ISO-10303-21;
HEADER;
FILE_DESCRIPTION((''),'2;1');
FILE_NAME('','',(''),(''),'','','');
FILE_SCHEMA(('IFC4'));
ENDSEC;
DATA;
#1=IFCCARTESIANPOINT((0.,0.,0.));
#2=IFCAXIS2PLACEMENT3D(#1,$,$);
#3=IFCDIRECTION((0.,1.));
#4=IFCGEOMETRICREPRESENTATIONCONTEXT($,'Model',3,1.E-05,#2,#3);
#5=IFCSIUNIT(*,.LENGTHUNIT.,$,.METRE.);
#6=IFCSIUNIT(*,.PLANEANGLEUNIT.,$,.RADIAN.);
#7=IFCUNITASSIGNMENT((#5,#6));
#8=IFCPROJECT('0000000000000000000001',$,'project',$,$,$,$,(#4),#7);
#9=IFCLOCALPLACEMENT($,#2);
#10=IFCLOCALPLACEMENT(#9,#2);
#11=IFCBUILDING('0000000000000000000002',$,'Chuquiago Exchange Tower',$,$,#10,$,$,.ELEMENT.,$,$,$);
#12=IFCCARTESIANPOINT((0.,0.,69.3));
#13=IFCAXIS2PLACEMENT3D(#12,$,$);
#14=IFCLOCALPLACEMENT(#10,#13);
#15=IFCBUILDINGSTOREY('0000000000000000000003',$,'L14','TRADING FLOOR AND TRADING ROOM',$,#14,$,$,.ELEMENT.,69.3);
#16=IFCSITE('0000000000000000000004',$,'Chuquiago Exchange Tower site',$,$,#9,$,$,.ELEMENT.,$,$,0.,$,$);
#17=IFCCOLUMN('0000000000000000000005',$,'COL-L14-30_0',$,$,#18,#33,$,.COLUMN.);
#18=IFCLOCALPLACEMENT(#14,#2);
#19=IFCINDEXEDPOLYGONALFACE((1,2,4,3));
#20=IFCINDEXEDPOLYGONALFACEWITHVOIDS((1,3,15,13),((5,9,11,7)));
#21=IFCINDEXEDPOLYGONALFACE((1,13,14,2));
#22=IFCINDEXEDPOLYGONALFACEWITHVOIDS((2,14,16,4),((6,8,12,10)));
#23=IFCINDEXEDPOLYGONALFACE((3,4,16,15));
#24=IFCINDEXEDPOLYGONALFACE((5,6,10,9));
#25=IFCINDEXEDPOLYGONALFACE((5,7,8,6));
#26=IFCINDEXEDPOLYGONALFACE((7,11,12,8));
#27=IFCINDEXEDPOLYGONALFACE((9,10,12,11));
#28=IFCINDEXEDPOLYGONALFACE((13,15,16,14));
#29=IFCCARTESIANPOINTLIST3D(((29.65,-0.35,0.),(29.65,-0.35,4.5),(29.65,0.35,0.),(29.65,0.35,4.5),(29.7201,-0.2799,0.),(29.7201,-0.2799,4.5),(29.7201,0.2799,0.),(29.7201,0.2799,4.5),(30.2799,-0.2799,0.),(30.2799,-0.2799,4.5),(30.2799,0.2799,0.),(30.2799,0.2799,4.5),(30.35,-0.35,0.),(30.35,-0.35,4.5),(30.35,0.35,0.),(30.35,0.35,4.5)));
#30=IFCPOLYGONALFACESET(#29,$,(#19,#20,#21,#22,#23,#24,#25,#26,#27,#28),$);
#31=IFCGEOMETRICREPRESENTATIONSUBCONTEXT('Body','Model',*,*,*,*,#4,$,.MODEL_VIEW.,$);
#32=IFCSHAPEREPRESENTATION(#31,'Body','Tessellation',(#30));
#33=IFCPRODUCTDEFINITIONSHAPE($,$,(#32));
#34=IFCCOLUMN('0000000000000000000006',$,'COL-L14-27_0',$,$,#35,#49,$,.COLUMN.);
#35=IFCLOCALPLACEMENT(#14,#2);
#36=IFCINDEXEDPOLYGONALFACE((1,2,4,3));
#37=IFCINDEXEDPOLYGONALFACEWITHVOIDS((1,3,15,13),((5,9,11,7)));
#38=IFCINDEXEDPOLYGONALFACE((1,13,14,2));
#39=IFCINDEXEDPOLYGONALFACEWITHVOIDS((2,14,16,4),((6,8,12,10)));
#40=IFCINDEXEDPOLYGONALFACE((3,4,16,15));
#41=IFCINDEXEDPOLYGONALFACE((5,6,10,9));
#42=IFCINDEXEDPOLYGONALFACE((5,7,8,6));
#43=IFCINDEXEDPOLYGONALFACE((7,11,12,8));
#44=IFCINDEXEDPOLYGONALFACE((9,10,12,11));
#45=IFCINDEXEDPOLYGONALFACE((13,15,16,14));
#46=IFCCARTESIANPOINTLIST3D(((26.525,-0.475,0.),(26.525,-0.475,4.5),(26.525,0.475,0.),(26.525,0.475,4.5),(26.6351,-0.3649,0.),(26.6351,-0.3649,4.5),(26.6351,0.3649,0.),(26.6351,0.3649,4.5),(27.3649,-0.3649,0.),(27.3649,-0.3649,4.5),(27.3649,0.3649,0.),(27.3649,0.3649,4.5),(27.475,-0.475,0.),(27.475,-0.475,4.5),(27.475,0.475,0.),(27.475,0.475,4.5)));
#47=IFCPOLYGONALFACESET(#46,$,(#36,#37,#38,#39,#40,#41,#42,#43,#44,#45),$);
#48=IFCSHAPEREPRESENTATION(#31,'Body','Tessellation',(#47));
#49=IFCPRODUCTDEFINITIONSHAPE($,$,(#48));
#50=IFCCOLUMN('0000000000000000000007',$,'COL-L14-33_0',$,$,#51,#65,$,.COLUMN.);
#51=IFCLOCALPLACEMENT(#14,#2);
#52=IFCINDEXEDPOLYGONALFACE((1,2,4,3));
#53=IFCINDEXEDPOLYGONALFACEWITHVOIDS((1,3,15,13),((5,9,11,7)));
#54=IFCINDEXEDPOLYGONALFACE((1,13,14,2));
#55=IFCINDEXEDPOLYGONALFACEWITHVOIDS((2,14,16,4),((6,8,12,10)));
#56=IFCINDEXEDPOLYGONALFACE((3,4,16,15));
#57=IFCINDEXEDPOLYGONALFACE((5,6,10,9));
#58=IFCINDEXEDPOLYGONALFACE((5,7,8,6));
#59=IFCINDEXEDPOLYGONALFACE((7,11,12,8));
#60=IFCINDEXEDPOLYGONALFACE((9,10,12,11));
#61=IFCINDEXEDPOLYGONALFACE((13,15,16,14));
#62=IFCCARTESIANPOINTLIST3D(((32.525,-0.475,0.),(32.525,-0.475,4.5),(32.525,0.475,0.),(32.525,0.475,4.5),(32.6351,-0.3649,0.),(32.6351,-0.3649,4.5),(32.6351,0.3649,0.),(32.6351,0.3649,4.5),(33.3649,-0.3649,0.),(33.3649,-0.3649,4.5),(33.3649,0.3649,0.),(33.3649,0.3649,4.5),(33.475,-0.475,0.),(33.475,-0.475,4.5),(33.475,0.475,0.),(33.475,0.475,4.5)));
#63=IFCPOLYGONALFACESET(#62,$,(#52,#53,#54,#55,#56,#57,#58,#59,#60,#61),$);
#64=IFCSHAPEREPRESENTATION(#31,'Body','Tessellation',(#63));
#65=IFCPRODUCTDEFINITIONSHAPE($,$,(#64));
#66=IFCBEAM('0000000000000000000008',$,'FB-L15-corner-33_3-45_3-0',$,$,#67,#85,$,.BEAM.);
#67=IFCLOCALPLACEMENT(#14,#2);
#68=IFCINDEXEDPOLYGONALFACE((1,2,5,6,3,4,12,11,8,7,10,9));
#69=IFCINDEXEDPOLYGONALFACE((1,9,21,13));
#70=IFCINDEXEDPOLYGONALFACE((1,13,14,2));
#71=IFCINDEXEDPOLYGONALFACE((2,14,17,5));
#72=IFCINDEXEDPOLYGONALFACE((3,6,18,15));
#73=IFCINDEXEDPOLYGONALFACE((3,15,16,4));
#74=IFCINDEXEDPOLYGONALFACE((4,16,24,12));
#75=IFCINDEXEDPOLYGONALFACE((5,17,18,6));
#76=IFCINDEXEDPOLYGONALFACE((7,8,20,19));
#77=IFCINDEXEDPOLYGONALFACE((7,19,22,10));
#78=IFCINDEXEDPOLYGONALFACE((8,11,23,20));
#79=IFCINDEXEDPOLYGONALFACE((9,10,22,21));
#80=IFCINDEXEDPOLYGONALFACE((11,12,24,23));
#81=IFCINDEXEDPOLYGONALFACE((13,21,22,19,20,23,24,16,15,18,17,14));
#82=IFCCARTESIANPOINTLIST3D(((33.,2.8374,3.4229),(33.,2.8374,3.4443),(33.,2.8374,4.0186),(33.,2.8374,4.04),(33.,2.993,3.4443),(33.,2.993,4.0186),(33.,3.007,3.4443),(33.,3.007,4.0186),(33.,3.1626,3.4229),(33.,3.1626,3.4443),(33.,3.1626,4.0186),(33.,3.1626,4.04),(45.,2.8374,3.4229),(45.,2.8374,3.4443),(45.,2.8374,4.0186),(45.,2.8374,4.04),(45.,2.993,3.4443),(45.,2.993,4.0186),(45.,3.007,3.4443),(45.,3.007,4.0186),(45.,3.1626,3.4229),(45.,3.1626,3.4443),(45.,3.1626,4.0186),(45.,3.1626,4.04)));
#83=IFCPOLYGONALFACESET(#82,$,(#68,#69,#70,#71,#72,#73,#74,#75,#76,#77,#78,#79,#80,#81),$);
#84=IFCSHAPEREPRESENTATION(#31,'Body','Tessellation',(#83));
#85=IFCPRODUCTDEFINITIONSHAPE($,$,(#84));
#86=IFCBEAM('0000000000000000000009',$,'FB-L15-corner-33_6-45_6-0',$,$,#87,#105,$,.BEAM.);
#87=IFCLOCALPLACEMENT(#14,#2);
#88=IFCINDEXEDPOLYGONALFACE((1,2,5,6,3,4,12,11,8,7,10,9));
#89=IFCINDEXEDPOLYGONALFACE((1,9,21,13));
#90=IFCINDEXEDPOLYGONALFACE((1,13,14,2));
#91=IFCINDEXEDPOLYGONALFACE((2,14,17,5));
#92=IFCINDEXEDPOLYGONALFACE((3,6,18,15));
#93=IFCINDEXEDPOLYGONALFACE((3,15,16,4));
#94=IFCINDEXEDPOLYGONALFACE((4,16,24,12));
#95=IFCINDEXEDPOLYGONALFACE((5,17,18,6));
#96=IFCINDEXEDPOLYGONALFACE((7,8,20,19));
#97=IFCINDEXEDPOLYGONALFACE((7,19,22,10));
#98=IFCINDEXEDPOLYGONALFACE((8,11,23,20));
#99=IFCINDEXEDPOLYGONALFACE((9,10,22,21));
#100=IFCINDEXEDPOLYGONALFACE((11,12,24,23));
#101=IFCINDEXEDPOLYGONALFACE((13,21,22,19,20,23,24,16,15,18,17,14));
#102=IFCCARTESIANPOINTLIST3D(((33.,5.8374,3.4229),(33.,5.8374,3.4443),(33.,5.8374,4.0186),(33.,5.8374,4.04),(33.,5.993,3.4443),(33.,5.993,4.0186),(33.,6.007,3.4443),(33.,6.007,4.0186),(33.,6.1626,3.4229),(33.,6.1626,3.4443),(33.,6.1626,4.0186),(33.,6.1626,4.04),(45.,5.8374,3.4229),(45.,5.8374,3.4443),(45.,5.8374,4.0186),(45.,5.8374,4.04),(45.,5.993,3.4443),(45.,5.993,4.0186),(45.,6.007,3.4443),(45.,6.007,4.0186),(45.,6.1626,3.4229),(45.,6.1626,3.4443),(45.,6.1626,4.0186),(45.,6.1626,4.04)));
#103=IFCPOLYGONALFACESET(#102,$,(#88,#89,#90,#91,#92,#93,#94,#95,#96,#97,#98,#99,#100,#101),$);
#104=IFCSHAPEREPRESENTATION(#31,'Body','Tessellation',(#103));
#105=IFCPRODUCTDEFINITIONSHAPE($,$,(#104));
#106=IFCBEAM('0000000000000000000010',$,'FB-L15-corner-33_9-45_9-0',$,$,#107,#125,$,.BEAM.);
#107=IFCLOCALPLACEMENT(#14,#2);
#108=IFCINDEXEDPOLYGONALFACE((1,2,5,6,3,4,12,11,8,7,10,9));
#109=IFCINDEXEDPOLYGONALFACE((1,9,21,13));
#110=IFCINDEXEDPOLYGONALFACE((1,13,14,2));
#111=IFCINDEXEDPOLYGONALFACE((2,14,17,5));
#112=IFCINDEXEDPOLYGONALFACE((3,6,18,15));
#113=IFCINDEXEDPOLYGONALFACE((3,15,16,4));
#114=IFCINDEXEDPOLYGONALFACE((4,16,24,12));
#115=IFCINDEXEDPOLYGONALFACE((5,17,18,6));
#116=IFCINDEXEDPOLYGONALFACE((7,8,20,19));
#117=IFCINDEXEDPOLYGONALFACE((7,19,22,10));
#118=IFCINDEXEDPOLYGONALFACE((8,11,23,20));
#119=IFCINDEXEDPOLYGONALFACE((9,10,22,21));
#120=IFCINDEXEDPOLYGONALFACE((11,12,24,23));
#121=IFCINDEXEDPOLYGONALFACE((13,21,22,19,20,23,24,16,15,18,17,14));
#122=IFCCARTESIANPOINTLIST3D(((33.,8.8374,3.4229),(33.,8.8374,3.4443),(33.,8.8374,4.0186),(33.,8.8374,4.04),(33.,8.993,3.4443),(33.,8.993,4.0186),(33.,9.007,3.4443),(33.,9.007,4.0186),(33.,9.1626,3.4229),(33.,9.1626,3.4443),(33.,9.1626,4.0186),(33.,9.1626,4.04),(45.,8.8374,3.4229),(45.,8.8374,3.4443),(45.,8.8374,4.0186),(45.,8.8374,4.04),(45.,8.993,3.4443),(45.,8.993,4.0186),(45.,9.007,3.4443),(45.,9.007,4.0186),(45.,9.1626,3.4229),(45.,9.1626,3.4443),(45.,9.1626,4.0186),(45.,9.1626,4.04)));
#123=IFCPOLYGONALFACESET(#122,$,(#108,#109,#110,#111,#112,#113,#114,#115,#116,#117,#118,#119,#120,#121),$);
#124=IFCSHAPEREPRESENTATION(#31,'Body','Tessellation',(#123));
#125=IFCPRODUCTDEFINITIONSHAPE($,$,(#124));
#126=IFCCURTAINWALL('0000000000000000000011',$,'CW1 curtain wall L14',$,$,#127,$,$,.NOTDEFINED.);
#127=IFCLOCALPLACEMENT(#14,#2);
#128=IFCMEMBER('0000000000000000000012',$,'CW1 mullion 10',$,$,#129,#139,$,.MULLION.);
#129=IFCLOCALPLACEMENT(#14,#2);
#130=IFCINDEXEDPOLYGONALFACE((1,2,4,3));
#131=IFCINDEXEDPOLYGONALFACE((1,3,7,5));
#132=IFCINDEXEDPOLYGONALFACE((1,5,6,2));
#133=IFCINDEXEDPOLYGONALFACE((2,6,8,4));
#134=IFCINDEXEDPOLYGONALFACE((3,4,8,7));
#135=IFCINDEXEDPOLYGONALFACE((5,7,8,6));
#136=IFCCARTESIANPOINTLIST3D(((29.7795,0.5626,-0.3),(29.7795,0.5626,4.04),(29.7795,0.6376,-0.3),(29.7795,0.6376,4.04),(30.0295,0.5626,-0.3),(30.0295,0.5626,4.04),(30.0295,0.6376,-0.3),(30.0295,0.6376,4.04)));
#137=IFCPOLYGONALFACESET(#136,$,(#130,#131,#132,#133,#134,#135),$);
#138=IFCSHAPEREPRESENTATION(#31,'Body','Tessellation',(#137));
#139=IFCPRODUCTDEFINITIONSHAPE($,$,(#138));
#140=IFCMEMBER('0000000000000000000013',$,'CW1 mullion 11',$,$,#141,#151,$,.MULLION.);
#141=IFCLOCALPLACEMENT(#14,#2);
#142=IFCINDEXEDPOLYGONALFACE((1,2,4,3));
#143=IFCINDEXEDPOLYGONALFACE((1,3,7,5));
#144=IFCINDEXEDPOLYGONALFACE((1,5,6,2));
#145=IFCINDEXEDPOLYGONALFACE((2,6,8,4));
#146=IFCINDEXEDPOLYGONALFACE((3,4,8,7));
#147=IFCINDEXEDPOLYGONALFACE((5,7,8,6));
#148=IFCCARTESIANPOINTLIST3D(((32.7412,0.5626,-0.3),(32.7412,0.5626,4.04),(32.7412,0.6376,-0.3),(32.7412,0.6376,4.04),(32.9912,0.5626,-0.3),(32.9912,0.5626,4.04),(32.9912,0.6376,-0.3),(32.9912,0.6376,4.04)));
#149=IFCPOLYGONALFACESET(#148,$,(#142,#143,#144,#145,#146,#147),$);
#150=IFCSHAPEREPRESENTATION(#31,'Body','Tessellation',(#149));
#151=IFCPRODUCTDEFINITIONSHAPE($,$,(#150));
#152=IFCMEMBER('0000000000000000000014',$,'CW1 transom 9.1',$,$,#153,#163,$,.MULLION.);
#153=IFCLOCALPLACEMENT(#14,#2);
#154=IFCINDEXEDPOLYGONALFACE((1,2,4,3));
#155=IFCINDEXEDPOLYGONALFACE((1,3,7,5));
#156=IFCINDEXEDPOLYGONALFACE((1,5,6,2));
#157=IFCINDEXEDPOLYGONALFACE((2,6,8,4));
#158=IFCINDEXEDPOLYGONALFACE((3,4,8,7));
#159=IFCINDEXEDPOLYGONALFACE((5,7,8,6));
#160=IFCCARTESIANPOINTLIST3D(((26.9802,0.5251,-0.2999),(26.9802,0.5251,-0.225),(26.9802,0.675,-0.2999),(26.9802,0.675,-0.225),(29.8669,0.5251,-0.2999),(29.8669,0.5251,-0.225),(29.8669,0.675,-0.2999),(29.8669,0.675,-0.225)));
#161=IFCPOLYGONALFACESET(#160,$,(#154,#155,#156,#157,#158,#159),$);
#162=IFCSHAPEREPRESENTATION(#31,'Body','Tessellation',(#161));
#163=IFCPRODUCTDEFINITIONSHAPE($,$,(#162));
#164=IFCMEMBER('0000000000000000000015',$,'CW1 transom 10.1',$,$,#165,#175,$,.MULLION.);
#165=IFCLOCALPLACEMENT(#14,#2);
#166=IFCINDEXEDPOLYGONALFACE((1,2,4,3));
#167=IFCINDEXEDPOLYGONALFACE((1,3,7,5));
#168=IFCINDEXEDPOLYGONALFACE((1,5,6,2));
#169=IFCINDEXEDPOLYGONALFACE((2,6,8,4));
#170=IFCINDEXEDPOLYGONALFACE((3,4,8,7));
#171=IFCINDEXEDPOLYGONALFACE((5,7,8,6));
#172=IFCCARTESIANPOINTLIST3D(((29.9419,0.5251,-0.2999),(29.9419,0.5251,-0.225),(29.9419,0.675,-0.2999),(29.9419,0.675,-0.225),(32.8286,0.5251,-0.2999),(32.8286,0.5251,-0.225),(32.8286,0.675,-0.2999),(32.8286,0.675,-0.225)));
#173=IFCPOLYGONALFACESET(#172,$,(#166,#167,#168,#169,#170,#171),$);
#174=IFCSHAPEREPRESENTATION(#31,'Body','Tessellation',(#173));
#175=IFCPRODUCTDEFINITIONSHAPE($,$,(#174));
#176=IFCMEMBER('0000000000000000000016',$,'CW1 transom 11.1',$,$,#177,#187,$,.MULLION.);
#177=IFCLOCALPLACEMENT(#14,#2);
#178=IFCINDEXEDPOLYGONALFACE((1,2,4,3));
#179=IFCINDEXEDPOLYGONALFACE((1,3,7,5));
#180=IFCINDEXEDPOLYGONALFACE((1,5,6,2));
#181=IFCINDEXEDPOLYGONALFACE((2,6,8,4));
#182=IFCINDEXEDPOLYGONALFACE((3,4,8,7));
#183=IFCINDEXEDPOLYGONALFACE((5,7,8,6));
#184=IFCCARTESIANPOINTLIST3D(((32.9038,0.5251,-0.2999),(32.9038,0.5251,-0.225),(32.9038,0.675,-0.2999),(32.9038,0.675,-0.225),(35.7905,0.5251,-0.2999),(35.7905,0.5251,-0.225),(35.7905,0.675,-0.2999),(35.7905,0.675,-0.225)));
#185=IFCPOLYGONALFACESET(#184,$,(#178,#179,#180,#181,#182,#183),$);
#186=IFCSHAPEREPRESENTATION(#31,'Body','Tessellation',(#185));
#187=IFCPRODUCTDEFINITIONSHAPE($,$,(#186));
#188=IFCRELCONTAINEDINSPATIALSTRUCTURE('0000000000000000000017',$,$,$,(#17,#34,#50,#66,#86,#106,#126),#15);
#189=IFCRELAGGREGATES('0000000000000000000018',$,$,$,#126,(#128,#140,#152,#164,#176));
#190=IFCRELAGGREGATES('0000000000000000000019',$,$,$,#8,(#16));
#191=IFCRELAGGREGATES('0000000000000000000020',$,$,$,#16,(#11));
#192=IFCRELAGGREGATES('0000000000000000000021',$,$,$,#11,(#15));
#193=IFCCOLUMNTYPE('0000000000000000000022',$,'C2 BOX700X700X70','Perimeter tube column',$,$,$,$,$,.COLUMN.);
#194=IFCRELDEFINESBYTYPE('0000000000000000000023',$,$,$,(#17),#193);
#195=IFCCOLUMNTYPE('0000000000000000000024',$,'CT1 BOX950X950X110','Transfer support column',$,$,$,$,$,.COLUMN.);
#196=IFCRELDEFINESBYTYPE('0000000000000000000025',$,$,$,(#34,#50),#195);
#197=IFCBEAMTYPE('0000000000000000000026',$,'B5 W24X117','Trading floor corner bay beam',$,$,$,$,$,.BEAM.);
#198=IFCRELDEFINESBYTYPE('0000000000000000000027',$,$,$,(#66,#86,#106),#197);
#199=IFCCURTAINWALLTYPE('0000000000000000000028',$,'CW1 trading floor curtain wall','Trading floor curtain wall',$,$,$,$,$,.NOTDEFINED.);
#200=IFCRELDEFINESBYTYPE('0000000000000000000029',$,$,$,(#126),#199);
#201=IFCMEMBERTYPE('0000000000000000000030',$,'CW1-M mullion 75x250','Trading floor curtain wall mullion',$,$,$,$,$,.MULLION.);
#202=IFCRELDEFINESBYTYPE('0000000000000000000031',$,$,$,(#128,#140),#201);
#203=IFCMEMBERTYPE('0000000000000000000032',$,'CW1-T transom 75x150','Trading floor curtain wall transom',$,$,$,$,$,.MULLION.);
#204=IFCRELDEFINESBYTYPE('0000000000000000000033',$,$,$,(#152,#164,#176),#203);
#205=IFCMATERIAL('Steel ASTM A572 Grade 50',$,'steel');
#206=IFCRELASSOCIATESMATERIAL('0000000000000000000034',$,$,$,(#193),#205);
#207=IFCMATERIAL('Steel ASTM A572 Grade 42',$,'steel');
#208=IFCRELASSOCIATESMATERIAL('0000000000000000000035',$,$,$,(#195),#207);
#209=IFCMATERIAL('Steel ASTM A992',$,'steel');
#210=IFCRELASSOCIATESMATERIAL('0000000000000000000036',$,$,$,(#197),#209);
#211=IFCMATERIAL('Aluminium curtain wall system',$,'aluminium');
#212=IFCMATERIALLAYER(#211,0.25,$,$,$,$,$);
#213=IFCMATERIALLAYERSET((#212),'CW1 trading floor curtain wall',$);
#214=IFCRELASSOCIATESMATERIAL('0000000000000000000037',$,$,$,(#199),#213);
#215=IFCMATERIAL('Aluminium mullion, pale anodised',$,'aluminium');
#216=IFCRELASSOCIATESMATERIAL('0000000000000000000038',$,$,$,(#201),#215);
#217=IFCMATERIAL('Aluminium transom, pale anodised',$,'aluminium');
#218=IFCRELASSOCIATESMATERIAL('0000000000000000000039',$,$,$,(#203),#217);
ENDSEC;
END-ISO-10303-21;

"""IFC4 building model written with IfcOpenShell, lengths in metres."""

from ifc_helpers import new_model, si_unit, direction, frame, origin, origin_2d, place, context, subcontext, project, spatial, rectangle, hollow_rectangle, i_section, extrude, material, layer, layer_set, material_profile, profile_set, type_object, element, aggregate, save


model = new_model("IFC4")

# Units and contexts
model_context = context("Model", 3, precision=1e-05, world=origin(), true_north=direction((0.0, 1.0)))
body_context = subcontext(model_context, "Body", "Model", "MODEL_VIEW")
ifc_project = project(units=[si_unit("LENGTHUNIT", "METRE"), si_unit("PLANEANGLEUNIT", "RADIAN")], contexts=[model_context])

# Site, building, storey
site_placement = place(None, origin())
site = spatial("IfcSite", under=ifc_project, at=site_placement, Name="Chuquiago Exchange Tower site", CompositionType="ELEMENT", RefElevation=0.0)
building_placement = place(site_placement, origin())
building = spatial("IfcBuilding", under=site, at=building_placement, Name="Chuquiago Exchange Tower", CompositionType="ELEMENT")
storey_placement = place(building_placement, frame((0.0, 0.0, 69.3)))
storey = spatial("IfcBuildingStorey", under=building, at=storey_placement, Name="L14", Description="TRADING FLOOR AND TRADING ROOM", CompositionType="ELEMENT", Elevation=69.3)

# Columns
ifc_material_1 = material(Name="Steel ASTM A572 Grade 50", Category="steel")
ifc_material_profile_1 = material_profile(ifc_material_1, hollow_rectangle(XDim=0.7, YDim=0.7, WallThickness=0.0701, at=origin_2d()), Name="BOX700X700X70")
ifc_profile_set_1 = profile_set([ifc_material_profile_1], Name="Steel ASTM A572 Grade 50")
column_type_1 = type_object("IfcColumnType", Name="C2 BOX700X700X70", Description="Perimeter tube column", PredefinedType="COLUMN", material=ifc_profile_set_1)
column_placement = place(storey_placement, frame((30.0, 0.0, 0.0), z_axis=(0.0, 0.0, 1.0), x_axis=(0.0, -1.0, 0.0)))
element("IfcColumn", 1, at=column_placement, inside=storey, type_object=column_type_1, Name="COL-L14-30_0", PredefinedType="COLUMN", context=body_context, shape_type="SweptSolid", body=[
    extrude(hollow_rectangle(XDim=0.7, YDim=0.7, WallThickness=0.0701, at=origin_2d()), origin(), (0.0, 0.0, 1.0), 4.5),
])
ifc_material_2 = material(Name="Steel ASTM A572 Grade 42", Category="steel")
ifc_material_profile_2 = material_profile(ifc_material_2, hollow_rectangle(XDim=0.95, YDim=0.95, WallThickness=0.1101, at=origin_2d()), Name="BOX950X950X110")
ifc_profile_set_2 = profile_set([ifc_material_profile_2], Name="Steel ASTM A572 Grade 42")
column_type_2 = type_object("IfcColumnType", Name="CT1 BOX950X950X110", Description="Transfer support column", PredefinedType="COLUMN", material=ifc_profile_set_2)
for number, where, z_axis, x_axis, name in (
    (2, (27.0, 0.0, 0.0), (0.0, 0.0, 1.0), (0.0, -1.0, 0.0), "COL-L14-27_0"),
    (3, (33.0, 0.0, 0.0), (0.0, 0.0, 1.0), (0.0, -1.0, 0.0), "COL-L14-33_0"),
):
    element("IfcColumn", number, at=place(storey_placement, frame(where, z_axis=z_axis, x_axis=x_axis)), inside=storey, type_object=column_type_2, Name=name, PredefinedType="COLUMN", context=body_context, shape_type="SweptSolid", body=[
        extrude(hollow_rectangle(XDim=0.95, YDim=0.95, WallThickness=0.1101, at=origin_2d()), origin(), (0.0, 0.0, 1.0), 4.5),
    ])

# Beams
ifc_material_3 = material(Name="Steel ASTM A992", Category="steel")
ifc_material_profile_3 = material_profile(ifc_material_3, i_section(OverallWidth=0.3252, OverallDepth=0.6172, WebThickness=0.0139, FlangeThickness=0.0215, at=origin_2d()), Name="W24X117")
ifc_profile_set_3 = profile_set([ifc_material_profile_3], Name="Steel ASTM A992")
beam_type_1 = type_object("IfcBeamType", Name="B5 W24X117", Description="Trading floor corner bay beam", PredefinedType="BEAM", material=ifc_profile_set_3)
for number, where, z_axis, x_axis, name in (
    (4, (33.0, 3.0, 3.7314), (1.0, 0.0, 0.0), (0.0, 1.0, 0.0), "FB-L15-corner-33_3-45_3-0"),
    (5, (33.0, 6.0, 3.7314), (1.0, 0.0, 0.0), (0.0, 1.0, 0.0), "FB-L15-corner-33_6-45_6-0"),
    (6, (33.0, 9.0, 3.7314), (1.0, 0.0, 0.0), (0.0, 1.0, 0.0), "FB-L15-corner-33_9-45_9-0"),
):
    element("IfcBeam", number, at=place(storey_placement, frame(where, z_axis=z_axis, x_axis=x_axis)), inside=storey, type_object=beam_type_1, Name=name, PredefinedType="BEAM", context=body_context, shape_type="SweptSolid", body=[
        extrude(i_section(OverallWidth=0.3252, OverallDepth=0.6172, WebThickness=0.0139, FlangeThickness=0.0215, at=origin_2d()), origin(), (0.0, 0.0, 1.0), 12.0),
    ])

# Curtain wall, members
ifc_material_4 = material(Name="Aluminium curtain wall system", Category="aluminium")
ifc_layer_1 = layer(ifc_material_4, 0.25)
ifc_layer_set_1 = layer_set([ifc_layer_1], Name="CW1 trading floor curtain wall")
curtain_wall_type = type_object("IfcCurtainWallType", Name="CW1 trading floor curtain wall", Description="Trading floor curtain wall", PredefinedType="NOTDEFINED", material=ifc_layer_set_1)
curtain_wall_placement = place(storey_placement, origin())
curtain_wall = element("IfcCurtainWall", 7, at=curtain_wall_placement, inside=storey, type_object=curtain_wall_type, Name="CW1 curtain wall L14", PredefinedType="NOTDEFINED")
ifc_material_5 = material(Name="Aluminium mullion, pale anodised", Category="aluminium")
ifc_material_profile_4 = material_profile(ifc_material_5, rectangle(XDim=0.075, YDim=0.25, at=origin_2d()), Name="AL 75x250")
ifc_profile_set_4 = profile_set([ifc_material_profile_4], Name="Aluminium mullion, pale anodised")
member_type_1 = type_object("IfcMemberType", Name="CW1-M mullion 75x250", Description="Trading floor curtain wall mullion", PredefinedType="MULLION", material=ifc_profile_set_4)
member_1_placement = place(storey_placement, frame((29.9045, 0.6001, -0.3), z_axis=(0.0, 0.0, 1.0), x_axis=(0.0, 1.0, 0.0)))
member_1 = element("IfcMember", 8, at=member_1_placement, type_object=member_type_1, Name="CW1 mullion 10", PredefinedType="MULLION", context=body_context, shape_type="SweptSolid", body=[
    extrude(rectangle(XDim=0.075, YDim=0.25, at=origin_2d()), origin(), (0.0, 0.0, 1.0), 4.3401),
])
member_2_placement = place(storey_placement, frame((32.8662, 0.6001, -0.3), z_axis=(0.0, 0.0, 1.0), x_axis=(0.0, 1.0, 0.0)))
member_2 = element("IfcMember", 9, at=member_2_placement, type_object=member_type_1, Name="CW1 mullion 11", PredefinedType="MULLION", context=body_context, shape_type="SweptSolid", body=[
    extrude(rectangle(XDim=0.075, YDim=0.25, at=origin_2d()), origin(), (0.0, 0.0, 1.0), 4.3401),
])
ifc_material_6 = material(Name="Aluminium transom, pale anodised", Category="aluminium")
ifc_material_profile_5 = material_profile(ifc_material_6, rectangle(XDim=0.1499, YDim=0.075, at=origin_2d()), Name="AL 150x75")
ifc_profile_set_5 = profile_set([ifc_material_profile_5], Name="Aluminium transom, pale anodised")
member_type_2 = type_object("IfcMemberType", Name="CW1-T transom 75x150", Description="Trading floor curtain wall transom", PredefinedType="MULLION", material=ifc_profile_set_5)
member_3_placement = place(storey_placement, frame((26.9802, 0.6001, -0.2625), z_axis=(1.0, 0.0, 0.0), x_axis=(0.0, 1.0, 0.0)))
member_3 = element("IfcMember", 10, at=member_3_placement, type_object=member_type_2, Name="CW1 transom 9.1", PredefinedType="MULLION", context=body_context, shape_type="SweptSolid", body=[
    extrude(rectangle(XDim=0.1499, YDim=0.075, at=origin_2d()), origin(), (0.0, 0.0, 1.0), 2.8867),
])
member_4_placement = place(storey_placement, frame((29.9419, 0.6001, -0.2625), z_axis=(1.0, 0.0, 0.0), x_axis=(0.0, 1.0, 0.0)))
member_4 = element("IfcMember", 11, at=member_4_placement, type_object=member_type_2, Name="CW1 transom 10.1", PredefinedType="MULLION", context=body_context, shape_type="SweptSolid", body=[
    extrude(rectangle(XDim=0.1499, YDim=0.075, at=origin_2d()), origin(), (0.0, 0.0, 1.0), 2.8867),
])
member_5_placement = place(storey_placement, frame((32.9038, 0.6001, -0.2625), z_axis=(1.0, 0.0, 0.0), x_axis=(0.0, 1.0, 0.0)))
member_5 = element("IfcMember", 12, at=member_5_placement, type_object=member_type_2, Name="CW1 transom 11.1", PredefinedType="MULLION", context=body_context, shape_type="SweptSolid", body=[
    extrude(rectangle(XDim=0.1499, YDim=0.075, at=origin_2d()), origin(), (0.0, 0.0, 1.0), 2.8867),
])

aggregate(curtain_wall, [member_1, member_2, member_3, member_4, member_5])

save(model, "model.ifc")
